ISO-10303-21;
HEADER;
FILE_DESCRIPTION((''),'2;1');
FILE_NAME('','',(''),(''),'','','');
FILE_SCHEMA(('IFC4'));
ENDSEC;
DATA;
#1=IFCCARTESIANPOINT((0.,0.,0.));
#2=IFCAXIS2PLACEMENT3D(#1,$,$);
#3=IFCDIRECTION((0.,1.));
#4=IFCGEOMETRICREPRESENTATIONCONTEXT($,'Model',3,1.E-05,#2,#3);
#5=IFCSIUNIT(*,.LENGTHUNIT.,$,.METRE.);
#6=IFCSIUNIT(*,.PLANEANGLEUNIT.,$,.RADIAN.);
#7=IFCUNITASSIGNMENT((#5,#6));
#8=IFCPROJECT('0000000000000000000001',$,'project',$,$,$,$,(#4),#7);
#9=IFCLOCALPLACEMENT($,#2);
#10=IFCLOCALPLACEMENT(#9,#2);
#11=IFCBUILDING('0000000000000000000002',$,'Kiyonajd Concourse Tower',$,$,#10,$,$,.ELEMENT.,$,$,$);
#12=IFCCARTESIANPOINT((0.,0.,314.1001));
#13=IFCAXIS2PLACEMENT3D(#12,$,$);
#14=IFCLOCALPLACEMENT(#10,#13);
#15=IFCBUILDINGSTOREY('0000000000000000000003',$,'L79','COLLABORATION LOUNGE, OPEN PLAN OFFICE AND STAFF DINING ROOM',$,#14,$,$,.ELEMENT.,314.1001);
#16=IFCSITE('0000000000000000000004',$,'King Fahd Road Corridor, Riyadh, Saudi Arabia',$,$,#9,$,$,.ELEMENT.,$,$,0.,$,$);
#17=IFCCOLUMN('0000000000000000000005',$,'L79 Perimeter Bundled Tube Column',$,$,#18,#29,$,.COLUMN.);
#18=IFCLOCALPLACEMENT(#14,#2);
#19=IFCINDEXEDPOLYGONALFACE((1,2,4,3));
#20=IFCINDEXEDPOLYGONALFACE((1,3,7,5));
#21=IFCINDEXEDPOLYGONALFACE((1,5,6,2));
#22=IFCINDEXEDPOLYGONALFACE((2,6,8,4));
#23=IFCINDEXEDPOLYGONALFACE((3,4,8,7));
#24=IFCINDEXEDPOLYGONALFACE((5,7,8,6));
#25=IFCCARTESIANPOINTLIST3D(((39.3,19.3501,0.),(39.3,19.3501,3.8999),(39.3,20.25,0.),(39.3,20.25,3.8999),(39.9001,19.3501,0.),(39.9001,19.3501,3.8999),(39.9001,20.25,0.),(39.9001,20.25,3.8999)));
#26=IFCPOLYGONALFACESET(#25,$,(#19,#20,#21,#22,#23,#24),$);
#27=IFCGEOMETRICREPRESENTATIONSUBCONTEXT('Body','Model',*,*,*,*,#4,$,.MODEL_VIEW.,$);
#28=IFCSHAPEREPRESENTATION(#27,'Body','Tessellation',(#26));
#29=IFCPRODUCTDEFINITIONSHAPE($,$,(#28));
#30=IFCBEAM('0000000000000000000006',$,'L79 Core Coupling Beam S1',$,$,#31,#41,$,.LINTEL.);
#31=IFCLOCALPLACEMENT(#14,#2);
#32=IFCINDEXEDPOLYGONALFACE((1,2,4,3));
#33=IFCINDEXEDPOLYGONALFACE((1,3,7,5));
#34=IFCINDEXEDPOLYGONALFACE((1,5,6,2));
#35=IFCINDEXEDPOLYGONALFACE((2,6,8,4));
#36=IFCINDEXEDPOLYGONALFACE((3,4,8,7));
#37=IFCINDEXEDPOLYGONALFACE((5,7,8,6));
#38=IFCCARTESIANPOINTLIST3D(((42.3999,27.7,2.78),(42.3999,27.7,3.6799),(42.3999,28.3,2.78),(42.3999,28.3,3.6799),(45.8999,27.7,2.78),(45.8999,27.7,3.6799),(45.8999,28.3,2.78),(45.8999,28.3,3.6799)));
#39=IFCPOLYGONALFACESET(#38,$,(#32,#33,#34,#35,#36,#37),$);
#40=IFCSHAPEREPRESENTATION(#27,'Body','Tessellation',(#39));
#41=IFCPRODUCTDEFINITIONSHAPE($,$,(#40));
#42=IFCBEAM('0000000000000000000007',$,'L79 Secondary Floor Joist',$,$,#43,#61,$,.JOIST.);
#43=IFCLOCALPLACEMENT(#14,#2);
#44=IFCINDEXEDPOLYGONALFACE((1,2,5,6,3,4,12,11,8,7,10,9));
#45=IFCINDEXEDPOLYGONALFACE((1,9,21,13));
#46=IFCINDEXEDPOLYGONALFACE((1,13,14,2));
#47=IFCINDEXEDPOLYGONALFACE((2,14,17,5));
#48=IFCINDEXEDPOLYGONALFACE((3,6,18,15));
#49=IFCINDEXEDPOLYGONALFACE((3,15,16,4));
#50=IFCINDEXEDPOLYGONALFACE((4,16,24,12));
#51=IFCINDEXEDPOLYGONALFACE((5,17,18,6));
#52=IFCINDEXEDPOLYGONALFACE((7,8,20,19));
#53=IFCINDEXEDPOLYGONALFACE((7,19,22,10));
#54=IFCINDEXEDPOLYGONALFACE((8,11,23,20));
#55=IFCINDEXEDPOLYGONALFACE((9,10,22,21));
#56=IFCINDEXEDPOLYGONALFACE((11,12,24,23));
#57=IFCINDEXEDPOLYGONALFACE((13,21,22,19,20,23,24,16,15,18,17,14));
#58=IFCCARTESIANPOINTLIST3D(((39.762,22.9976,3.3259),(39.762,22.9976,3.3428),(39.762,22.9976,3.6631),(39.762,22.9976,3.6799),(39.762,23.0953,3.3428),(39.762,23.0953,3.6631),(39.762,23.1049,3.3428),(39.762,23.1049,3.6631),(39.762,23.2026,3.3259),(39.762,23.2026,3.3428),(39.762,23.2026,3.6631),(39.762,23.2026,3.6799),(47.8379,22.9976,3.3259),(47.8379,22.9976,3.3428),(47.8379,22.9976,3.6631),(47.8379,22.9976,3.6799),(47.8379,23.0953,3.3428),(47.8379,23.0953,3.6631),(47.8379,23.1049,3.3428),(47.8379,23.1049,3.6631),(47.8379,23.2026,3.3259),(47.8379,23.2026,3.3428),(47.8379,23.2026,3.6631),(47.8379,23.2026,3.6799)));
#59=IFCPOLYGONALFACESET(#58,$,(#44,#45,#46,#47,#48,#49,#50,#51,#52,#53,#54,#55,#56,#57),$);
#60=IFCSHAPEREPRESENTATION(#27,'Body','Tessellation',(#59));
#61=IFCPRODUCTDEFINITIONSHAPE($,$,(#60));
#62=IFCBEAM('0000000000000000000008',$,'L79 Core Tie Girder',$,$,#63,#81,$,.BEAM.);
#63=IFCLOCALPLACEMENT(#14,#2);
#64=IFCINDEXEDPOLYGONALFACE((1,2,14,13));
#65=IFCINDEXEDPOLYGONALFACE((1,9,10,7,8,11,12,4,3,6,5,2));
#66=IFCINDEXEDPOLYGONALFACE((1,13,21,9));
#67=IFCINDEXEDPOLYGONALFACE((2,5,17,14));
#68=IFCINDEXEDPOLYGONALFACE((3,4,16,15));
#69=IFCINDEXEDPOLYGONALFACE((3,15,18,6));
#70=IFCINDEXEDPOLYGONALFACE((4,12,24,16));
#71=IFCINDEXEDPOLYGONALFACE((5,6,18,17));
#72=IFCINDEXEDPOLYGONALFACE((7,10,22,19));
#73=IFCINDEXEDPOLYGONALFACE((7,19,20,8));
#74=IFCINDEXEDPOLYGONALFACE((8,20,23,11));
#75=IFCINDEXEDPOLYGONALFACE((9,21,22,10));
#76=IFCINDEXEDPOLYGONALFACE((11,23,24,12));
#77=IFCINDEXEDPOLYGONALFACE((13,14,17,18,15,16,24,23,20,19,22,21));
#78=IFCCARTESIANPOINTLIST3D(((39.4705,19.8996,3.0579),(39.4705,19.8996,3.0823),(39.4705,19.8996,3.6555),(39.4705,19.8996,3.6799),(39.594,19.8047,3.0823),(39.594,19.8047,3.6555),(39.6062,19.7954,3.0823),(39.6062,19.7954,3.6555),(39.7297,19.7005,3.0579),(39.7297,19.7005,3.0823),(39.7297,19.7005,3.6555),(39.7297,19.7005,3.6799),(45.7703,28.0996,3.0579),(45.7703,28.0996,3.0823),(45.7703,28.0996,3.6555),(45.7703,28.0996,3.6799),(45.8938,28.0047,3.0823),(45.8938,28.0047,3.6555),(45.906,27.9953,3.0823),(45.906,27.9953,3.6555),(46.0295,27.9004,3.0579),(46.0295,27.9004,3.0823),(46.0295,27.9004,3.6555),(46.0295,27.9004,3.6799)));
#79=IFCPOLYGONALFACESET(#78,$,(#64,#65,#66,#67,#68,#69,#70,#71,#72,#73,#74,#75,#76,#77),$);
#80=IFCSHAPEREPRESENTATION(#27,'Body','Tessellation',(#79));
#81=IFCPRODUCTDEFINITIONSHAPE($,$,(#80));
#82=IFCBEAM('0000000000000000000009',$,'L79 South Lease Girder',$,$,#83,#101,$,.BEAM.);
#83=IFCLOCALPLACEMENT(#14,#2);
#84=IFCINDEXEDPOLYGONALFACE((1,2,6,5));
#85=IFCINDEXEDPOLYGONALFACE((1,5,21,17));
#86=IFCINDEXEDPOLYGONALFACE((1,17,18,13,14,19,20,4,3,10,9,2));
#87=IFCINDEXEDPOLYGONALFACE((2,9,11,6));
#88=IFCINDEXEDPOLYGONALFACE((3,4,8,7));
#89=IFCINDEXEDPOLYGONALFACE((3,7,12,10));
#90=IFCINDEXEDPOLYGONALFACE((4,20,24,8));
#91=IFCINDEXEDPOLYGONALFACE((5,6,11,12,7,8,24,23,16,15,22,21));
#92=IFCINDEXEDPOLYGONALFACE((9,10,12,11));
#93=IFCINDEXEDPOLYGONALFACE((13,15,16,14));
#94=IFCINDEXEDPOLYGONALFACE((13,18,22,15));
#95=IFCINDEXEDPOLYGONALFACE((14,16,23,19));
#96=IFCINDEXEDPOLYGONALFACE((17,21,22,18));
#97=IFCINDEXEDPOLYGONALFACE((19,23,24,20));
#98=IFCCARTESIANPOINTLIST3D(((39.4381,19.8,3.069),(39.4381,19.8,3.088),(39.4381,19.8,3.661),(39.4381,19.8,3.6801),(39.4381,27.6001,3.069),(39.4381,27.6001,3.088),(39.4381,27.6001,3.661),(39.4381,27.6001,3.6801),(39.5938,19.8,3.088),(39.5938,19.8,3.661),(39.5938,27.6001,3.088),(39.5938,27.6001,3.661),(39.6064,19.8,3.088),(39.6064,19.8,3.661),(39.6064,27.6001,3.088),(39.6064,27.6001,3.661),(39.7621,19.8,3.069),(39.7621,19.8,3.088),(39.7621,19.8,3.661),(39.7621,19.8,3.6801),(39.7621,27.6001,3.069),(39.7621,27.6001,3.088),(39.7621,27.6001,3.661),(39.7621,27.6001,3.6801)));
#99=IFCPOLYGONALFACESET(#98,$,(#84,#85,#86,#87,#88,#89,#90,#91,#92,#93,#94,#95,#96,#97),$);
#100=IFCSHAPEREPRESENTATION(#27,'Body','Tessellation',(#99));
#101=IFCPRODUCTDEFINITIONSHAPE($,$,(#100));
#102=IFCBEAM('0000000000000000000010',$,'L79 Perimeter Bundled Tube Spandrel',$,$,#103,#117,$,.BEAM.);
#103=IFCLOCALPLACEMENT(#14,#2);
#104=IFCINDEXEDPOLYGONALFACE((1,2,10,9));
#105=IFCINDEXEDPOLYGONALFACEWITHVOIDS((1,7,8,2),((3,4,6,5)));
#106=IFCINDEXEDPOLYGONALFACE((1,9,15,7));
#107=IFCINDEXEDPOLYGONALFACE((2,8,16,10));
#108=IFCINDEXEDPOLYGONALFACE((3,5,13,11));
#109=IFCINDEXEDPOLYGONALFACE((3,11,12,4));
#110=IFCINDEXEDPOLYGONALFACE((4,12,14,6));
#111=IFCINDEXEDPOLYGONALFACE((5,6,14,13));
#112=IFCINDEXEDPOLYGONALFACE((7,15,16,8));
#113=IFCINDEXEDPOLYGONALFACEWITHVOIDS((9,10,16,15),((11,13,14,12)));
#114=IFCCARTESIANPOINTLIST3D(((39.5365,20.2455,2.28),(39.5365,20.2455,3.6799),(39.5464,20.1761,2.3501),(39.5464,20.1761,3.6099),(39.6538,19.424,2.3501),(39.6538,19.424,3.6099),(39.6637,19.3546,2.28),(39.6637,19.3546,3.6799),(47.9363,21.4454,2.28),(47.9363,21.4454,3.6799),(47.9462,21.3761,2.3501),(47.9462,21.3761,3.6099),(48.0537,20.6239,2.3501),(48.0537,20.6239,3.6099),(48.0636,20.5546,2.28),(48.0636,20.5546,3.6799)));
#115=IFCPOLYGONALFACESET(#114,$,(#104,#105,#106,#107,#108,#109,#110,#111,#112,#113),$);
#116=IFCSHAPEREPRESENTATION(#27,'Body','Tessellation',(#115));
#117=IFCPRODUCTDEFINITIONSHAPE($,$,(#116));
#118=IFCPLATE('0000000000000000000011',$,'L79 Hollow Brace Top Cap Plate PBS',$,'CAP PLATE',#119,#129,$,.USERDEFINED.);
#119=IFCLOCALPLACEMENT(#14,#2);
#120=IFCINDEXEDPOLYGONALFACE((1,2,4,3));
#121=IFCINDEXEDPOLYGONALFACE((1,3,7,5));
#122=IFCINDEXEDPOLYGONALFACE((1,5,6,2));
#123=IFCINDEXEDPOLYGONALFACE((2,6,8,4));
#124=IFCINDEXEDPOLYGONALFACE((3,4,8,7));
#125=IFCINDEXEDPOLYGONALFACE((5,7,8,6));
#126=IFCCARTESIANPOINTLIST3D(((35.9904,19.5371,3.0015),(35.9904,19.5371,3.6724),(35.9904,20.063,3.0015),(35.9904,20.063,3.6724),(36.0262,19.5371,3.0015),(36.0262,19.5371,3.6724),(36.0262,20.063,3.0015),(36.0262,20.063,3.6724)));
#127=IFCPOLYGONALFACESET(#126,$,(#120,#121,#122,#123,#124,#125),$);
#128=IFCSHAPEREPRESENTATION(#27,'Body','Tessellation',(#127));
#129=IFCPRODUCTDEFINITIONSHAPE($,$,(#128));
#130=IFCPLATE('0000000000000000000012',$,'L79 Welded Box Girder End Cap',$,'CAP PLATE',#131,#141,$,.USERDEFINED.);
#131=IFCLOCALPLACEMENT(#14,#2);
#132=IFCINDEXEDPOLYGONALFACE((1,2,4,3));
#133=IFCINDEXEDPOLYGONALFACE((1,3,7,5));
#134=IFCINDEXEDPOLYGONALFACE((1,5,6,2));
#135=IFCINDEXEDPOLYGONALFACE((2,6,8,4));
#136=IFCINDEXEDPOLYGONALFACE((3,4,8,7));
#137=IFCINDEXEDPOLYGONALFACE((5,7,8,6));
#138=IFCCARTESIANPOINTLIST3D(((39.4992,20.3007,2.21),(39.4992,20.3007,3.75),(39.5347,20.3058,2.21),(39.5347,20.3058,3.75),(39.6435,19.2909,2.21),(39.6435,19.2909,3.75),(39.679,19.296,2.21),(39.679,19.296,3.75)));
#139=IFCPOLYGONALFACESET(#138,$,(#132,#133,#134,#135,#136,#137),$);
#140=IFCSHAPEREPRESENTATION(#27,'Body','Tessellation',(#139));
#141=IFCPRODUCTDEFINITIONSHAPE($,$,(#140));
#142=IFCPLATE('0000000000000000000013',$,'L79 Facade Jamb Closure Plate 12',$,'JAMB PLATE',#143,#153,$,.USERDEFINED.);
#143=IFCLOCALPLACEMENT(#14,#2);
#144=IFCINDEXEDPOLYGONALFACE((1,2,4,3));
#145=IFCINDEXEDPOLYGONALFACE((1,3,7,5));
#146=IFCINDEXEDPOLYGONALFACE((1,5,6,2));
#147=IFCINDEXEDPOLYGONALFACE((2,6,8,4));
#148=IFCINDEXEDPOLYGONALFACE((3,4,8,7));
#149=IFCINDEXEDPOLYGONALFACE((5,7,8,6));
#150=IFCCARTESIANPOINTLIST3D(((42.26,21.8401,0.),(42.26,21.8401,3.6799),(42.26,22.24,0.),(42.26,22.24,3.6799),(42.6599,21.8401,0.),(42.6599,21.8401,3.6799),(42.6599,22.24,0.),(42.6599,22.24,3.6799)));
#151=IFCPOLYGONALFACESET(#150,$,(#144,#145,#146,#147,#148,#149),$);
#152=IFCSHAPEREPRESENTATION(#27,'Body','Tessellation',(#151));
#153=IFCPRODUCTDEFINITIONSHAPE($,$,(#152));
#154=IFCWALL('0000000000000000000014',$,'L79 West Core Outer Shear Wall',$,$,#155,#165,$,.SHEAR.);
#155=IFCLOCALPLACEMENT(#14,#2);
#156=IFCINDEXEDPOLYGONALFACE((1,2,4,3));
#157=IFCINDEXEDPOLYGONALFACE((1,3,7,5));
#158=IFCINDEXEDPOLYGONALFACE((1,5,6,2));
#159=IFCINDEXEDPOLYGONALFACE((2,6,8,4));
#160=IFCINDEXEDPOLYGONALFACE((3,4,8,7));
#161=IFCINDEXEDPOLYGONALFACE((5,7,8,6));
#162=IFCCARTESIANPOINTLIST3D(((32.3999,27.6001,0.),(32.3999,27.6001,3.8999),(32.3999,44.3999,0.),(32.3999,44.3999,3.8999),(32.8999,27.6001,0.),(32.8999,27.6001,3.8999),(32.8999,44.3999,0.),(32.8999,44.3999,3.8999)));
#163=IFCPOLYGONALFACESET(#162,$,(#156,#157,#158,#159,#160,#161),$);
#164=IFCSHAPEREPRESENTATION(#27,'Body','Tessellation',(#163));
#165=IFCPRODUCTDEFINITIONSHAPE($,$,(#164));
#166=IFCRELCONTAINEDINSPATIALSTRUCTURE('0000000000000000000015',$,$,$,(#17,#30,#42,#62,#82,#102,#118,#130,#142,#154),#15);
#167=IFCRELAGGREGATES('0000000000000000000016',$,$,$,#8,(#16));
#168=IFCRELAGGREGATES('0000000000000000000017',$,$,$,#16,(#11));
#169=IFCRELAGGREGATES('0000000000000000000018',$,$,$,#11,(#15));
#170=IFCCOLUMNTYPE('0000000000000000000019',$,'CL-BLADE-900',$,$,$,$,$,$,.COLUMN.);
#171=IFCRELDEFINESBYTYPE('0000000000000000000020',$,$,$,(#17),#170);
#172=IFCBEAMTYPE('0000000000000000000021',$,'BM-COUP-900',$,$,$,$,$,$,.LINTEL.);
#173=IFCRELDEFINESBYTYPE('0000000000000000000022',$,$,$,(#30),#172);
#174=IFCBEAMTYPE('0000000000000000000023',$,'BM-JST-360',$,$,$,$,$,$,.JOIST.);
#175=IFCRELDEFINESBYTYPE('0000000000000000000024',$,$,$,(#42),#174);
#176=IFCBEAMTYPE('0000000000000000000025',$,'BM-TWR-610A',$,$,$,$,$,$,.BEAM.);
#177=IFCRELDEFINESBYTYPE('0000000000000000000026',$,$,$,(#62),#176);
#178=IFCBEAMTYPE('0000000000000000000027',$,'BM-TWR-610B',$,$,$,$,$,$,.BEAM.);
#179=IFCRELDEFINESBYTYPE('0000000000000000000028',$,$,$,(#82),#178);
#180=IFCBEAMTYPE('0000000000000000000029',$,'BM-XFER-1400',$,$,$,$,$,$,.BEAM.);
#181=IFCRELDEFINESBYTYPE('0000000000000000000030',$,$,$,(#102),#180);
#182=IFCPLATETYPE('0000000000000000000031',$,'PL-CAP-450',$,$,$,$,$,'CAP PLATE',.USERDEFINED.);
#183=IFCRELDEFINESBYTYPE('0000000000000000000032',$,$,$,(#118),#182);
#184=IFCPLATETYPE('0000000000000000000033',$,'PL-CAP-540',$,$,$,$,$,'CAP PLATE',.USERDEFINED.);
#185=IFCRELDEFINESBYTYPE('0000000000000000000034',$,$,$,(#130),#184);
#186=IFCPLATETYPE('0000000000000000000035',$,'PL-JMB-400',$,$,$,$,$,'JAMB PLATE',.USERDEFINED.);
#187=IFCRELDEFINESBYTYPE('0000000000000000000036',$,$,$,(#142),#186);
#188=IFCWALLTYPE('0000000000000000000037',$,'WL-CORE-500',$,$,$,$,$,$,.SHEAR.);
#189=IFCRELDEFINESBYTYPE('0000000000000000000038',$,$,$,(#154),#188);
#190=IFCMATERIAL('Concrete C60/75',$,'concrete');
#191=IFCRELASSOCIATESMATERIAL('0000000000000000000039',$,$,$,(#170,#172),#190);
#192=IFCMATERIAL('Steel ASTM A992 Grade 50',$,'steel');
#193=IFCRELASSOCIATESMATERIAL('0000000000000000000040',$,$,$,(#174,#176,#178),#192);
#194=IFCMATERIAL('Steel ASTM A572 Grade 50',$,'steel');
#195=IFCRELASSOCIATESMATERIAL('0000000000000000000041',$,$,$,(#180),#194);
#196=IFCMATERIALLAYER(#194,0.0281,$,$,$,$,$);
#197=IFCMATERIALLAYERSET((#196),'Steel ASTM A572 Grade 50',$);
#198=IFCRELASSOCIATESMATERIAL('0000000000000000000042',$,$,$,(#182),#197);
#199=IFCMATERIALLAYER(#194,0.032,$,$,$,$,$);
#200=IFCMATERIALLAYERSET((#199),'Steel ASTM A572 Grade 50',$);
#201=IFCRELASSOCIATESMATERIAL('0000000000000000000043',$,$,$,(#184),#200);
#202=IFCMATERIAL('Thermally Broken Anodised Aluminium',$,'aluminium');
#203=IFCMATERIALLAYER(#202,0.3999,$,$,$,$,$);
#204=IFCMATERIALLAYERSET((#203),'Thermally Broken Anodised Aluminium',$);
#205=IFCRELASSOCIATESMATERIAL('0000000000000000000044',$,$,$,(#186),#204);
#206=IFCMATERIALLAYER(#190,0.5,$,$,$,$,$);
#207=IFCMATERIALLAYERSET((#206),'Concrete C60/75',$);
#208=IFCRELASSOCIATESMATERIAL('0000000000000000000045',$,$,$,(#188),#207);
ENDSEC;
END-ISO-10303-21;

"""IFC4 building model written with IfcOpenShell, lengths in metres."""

from ifc_helpers import new_model, si_unit, direction, frame, frame_2d, origin, origin_2d, place, context, subcontext, project, spatial, rectangle, hollow_rectangle, i_section, extrude, material, layer, layer_set, material_profile, profile_set, type_object, element, save


model = new_model("IFC4")

# Units and contexts
model_context = context("Model", 3, precision=1e-05, world=origin(), true_north=direction((0.0, 1.0)))
body_context = subcontext(model_context, "Body", "Model", "MODEL_VIEW")
ifc_project = project(units=[si_unit("LENGTHUNIT", "METRE"), si_unit("PLANEANGLEUNIT", "RADIAN")], contexts=[model_context])

# Site, building, storey
site_placement = place(None, origin())
site = spatial("IfcSite", under=ifc_project, at=site_placement, Name="King Fahd Road Corridor, Riyadh, Saudi Arabia", CompositionType="ELEMENT", RefElevation=0.0)
building_placement = place(site_placement, origin())
building = spatial("IfcBuilding", under=site, at=building_placement, Name="Kiyonajd Concourse Tower", CompositionType="ELEMENT")
storey_placement = place(building_placement, frame((0.0, 0.0, 314.1001)))
storey = spatial("IfcBuildingStorey", under=building, at=storey_placement, Name="L79", Description="COLLABORATION LOUNGE, OPEN PLAN OFFICE AND STAFF DINING ROOM", CompositionType="ELEMENT", Elevation=314.1001)

# Column
ifc_material_1 = material(Name="Concrete C60/75", Category="concrete")
ifc_material_profile_1 = material_profile(ifc_material_1, rectangle(XDim=0.6001, YDim=0.8999, at=origin_2d()), Name="RC-900x600")
ifc_profile_set_1 = profile_set([ifc_material_profile_1], Name="Concrete C60/75")
column_type = type_object("IfcColumnType", Name="CL-BLADE-900", PredefinedType="COLUMN", material=ifc_profile_set_1)
column_placement = place(storey_placement, frame((39.6001, 19.8, 0.0), z_axis=(0.0, 0.0, 1.0), x_axis=(1.0, 0.0, 0.0)))
element("IfcColumn", 1, at=column_placement, inside=storey, type_object=column_type, Name="L79 Perimeter Bundled Tube Column", PredefinedType="COLUMN", context=body_context, shape_type="SweptSolid", body=[
    extrude(rectangle(XDim=0.6001, YDim=0.8999, at=origin_2d()), origin(), (0.0, 0.0, 1.0), 3.8999),
])

# Beams
ifc_material_profile_2 = material_profile(ifc_material_1, rectangle(XDim=0.6001, YDim=0.8999, at=origin_2d()), Name="RCBM-600x900")
ifc_profile_set_2 = profile_set([ifc_material_profile_2], Name="Concrete C60/75")
beam_type_1 = type_object("IfcBeamType", Name="BM-COUP-900", PredefinedType="LINTEL", material=ifc_profile_set_2)
beam_1_placement = place(storey_placement, frame((42.3999, 28.0, 3.23), z_axis=(1.0, 0.0, 0.0), x_axis=(0.0, 1.0, 0.0)))
element("IfcBeam", 2, at=beam_1_placement, inside=storey, type_object=beam_type_1, Name="L79 Core Coupling Beam S1", PredefinedType="LINTEL", context=body_context, shape_type="SweptSolid", body=[
    extrude(rectangle(XDim=0.6001, YDim=0.8999, at=origin_2d()), origin(), (0.0, 0.0, 1.0), 3.5),
])
ifc_material_2 = material(Name="Steel ASTM A992 Grade 50", Category="steel")
ifc_material_profile_3 = material_profile(ifc_material_2, i_section(OverallWidth=0.2051, OverallDepth=0.354, WebThickness=0.0095, FlangeThickness=0.0168, at=origin_2d()), Name="W360X79")
ifc_profile_set_3 = profile_set([ifc_material_profile_3], Name="Steel ASTM A992 Grade 50")
beam_type_2 = type_object("IfcBeamType", Name="BM-JST-360", PredefinedType="JOIST", material=ifc_profile_set_3)
beam_2_placement = place(storey_placement, frame((39.762, 23.1001, 3.5029), z_axis=(1.0, 0.0, 0.0), x_axis=(0.0, 1.0, 0.0)))
element("IfcBeam", 3, at=beam_2_placement, inside=storey, type_object=beam_type_2, Name="L79 Secondary Floor Joist", PredefinedType="JOIST", context=body_context, shape_type="SweptSolid", body=[
    extrude(i_section(OverallWidth=0.2051, OverallDepth=0.354, WebThickness=0.0095, FlangeThickness=0.0168, at=origin_2d()), origin(), (0.0, 0.0, 1.0), 8.0759),
])
ifc_material_profile_4 = material_profile(ifc_material_2, i_section(OverallWidth=0.3269, OverallDepth=0.6221, WebThickness=0.0154, FlangeThickness=0.0244, at=origin_2d()), Name="W610X195")
ifc_profile_set_4 = profile_set([ifc_material_profile_4], Name="Steel ASTM A992 Grade 50")
beam_type_3 = type_object("IfcBeamType", Name="BM-TWR-610A", PredefinedType="BEAM", material=ifc_profile_set_4)
beam_3_placement = place(storey_placement, frame((39.6001, 19.8, 3.3689), z_axis=(0.609234, 0.792991, 0.0), x_axis=(-0.792991, 0.609234, 0.0)))
element("IfcBeam", 4, at=beam_3_placement, inside=storey, type_object=beam_type_3, Name="L79 Core Tie Girder", PredefinedType="BEAM", context=body_context, shape_type="SweptSolid", body=[
    extrude(i_section(OverallWidth=0.3269, OverallDepth=0.6221, WebThickness=0.0154, FlangeThickness=0.0244, at=origin_2d()), origin(), (0.0, 0.0, 1.0), 10.3406),
])
ifc_material_profile_5 = material_profile(ifc_material_2, i_section(OverallWidth=0.324, OverallDepth=0.6111, WebThickness=0.0127, FlangeThickness=0.019, at=origin_2d()), Name="W610X155")
ifc_profile_set_5 = profile_set([ifc_material_profile_5], Name="Steel ASTM A992 Grade 50")
beam_type_4 = type_object("IfcBeamType", Name="BM-TWR-610B", PredefinedType="BEAM", material=ifc_profile_set_5)
beam_4_placement = place(storey_placement, frame((39.6001, 19.8, 3.3745), z_axis=(0.0, 1.0, 0.0), x_axis=(-1.0, 0.0, 0.0)))
element("IfcBeam", 5, at=beam_4_placement, inside=storey, type_object=beam_type_4, Name="L79 South Lease Girder", PredefinedType="BEAM", context=body_context, shape_type="SweptSolid", body=[
    extrude(i_section(OverallWidth=0.324, OverallDepth=0.6111, WebThickness=0.0127, FlangeThickness=0.019, at=origin_2d()), origin(), (0.0, 0.0, 1.0), 7.8),
])
ifc_material_3 = material(Name="Steel ASTM A572 Grade 50", Category="steel")
ifc_material_profile_6 = material_profile(ifc_material_3, hollow_rectangle(XDim=0.8999, YDim=1.3999, WallThickness=0.0701, at=origin_2d()), Name="BOX-1400x900x70")
ifc_profile_set_6 = profile_set([ifc_material_profile_6], Name="Steel ASTM A572 Grade 50")
beam_type_5 = type_object("IfcBeamType", Name="BM-XFER-1400", PredefinedType="BEAM", material=ifc_profile_set_6)
beam_5_placement = place(storey_placement, frame((39.6001, 19.8, 2.98), z_axis=(0.98995, 0.141417, 0.0), x_axis=(-0.141417, 0.98995, 0.0)))
element("IfcBeam", 6, at=beam_5_placement, inside=storey, type_object=beam_type_5, Name="L79 Perimeter Bundled Tube Spandrel", PredefinedType="BEAM", context=body_context, shape_type="SweptSolid", body=[
    extrude(hollow_rectangle(XDim=0.8999, YDim=1.3999, WallThickness=0.0701, at=origin_2d()), origin(), (0.0, 0.0, 1.0), 8.4851),
])

# Plates
ifc_layer_1 = layer(ifc_material_3, 0.0281)
ifc_layer_set_1 = layer_set([ifc_layer_1], Name="Steel ASTM A572 Grade 50")
plate_type_1 = type_object("IfcPlateType", Name="PL-CAP-450", ElementType="CAP PLATE", PredefinedType="USERDEFINED", material=ifc_layer_set_1)
plate_1_placement = place(storey_placement, frame((36.0083, 19.8, 3.0015), z_axis=(0.0, 0.0, 1.0), x_axis=(1.0, 0.0, 0.0)))
element("IfcPlate", 7, at=plate_1_placement, inside=storey, type_object=plate_type_1, Name="L79 Hollow Brace Top Cap Plate PBS", ObjectType="CAP PLATE", PredefinedType="USERDEFINED", context=body_context, shape_type="SweptSolid", body=[
    extrude(rectangle(XDim=0.0359, YDim=0.5259, at=origin_2d()), origin(), (0.0, 0.0, 1.0), 0.6709),
])
ifc_layer_2 = layer(ifc_material_3, 0.032)
ifc_layer_set_2 = layer_set([ifc_layer_2], Name="Steel ASTM A572 Grade 50")
plate_type_2 = type_object("IfcPlateType", Name="PL-CAP-540", ElementType="CAP PLATE", PredefinedType="USERDEFINED", material=ifc_layer_set_2)
plate_2_placement = place(storey_placement, frame((39.5891, 19.7983, 2.21), z_axis=(0.0, 0.0, 1.0), x_axis=(-0.98995, -0.14142, 0.0)))
element("IfcPlate", 8, at=plate_2_placement, inside=storey, type_object=plate_type_2, Name="L79 Welded Box Girder End Cap", ObjectType="CAP PLATE", PredefinedType="USERDEFINED", context=body_context, shape_type="SweptSolid", body=[
    extrude(rectangle(XDim=0.0359, YDim=1.02, at=origin_2d()), origin(), (0.0, 0.0, 1.0), 1.54),
])
ifc_material_4 = material(Name="Thermally Broken Anodised Aluminium", Category="aluminium")
ifc_layer_3 = layer(ifc_material_4, 0.3999)
ifc_layer_set_3 = layer_set([ifc_layer_3], Name="Thermally Broken Anodised Aluminium")
plate_type_3 = type_object("IfcPlateType", Name="PL-JMB-400", ElementType="JAMB PLATE", PredefinedType="USERDEFINED", material=ifc_layer_set_3)
plate_3_placement = place(storey_placement, frame((42.46, 22.04, 0.0), z_axis=(0.0, 0.0, 1.0), x_axis=(1.0, 0.0, 0.0)))
element("IfcPlate", 9, at=plate_3_placement, inside=storey, type_object=plate_type_3, Name="L79 Facade Jamb Closure Plate 12", ObjectType="JAMB PLATE", PredefinedType="USERDEFINED", context=body_context, shape_type="SweptSolid", body=[
    extrude(rectangle(XDim=0.3999, YDim=0.3999, at=origin_2d()), origin(), (0.0, 0.0, 1.0), 3.6799),
])

# Wall
ifc_layer_4 = layer(ifc_material_1, 0.5)
ifc_layer_set_4 = layer_set([ifc_layer_4], Name="Concrete C60/75")
wall_type_1 = type_object("IfcWallType", Name="WL-CORE-500", PredefinedType="SHEAR", material=ifc_layer_set_4)
wall_1_placement = place(storey_placement, frame((32.6499, 27.6001, 0.0), z_axis=(0.0, 0.0, 1.0), x_axis=(0.0, 1.0, 0.0)))
element("IfcWall", 10, at=wall_1_placement, inside=storey, type_object=wall_type_1, Name="L79 West Core Outer Shear Wall", PredefinedType="SHEAR", context=body_context, shape_type="SweptSolid", body=[
    extrude(rectangle(XDim=16.7998, YDim=0.5, at=frame_2d((8.3999, 0.0))), origin(), (0.0, 0.0, 1.0), 3.8999),
])

save(model, "model.ifc")
